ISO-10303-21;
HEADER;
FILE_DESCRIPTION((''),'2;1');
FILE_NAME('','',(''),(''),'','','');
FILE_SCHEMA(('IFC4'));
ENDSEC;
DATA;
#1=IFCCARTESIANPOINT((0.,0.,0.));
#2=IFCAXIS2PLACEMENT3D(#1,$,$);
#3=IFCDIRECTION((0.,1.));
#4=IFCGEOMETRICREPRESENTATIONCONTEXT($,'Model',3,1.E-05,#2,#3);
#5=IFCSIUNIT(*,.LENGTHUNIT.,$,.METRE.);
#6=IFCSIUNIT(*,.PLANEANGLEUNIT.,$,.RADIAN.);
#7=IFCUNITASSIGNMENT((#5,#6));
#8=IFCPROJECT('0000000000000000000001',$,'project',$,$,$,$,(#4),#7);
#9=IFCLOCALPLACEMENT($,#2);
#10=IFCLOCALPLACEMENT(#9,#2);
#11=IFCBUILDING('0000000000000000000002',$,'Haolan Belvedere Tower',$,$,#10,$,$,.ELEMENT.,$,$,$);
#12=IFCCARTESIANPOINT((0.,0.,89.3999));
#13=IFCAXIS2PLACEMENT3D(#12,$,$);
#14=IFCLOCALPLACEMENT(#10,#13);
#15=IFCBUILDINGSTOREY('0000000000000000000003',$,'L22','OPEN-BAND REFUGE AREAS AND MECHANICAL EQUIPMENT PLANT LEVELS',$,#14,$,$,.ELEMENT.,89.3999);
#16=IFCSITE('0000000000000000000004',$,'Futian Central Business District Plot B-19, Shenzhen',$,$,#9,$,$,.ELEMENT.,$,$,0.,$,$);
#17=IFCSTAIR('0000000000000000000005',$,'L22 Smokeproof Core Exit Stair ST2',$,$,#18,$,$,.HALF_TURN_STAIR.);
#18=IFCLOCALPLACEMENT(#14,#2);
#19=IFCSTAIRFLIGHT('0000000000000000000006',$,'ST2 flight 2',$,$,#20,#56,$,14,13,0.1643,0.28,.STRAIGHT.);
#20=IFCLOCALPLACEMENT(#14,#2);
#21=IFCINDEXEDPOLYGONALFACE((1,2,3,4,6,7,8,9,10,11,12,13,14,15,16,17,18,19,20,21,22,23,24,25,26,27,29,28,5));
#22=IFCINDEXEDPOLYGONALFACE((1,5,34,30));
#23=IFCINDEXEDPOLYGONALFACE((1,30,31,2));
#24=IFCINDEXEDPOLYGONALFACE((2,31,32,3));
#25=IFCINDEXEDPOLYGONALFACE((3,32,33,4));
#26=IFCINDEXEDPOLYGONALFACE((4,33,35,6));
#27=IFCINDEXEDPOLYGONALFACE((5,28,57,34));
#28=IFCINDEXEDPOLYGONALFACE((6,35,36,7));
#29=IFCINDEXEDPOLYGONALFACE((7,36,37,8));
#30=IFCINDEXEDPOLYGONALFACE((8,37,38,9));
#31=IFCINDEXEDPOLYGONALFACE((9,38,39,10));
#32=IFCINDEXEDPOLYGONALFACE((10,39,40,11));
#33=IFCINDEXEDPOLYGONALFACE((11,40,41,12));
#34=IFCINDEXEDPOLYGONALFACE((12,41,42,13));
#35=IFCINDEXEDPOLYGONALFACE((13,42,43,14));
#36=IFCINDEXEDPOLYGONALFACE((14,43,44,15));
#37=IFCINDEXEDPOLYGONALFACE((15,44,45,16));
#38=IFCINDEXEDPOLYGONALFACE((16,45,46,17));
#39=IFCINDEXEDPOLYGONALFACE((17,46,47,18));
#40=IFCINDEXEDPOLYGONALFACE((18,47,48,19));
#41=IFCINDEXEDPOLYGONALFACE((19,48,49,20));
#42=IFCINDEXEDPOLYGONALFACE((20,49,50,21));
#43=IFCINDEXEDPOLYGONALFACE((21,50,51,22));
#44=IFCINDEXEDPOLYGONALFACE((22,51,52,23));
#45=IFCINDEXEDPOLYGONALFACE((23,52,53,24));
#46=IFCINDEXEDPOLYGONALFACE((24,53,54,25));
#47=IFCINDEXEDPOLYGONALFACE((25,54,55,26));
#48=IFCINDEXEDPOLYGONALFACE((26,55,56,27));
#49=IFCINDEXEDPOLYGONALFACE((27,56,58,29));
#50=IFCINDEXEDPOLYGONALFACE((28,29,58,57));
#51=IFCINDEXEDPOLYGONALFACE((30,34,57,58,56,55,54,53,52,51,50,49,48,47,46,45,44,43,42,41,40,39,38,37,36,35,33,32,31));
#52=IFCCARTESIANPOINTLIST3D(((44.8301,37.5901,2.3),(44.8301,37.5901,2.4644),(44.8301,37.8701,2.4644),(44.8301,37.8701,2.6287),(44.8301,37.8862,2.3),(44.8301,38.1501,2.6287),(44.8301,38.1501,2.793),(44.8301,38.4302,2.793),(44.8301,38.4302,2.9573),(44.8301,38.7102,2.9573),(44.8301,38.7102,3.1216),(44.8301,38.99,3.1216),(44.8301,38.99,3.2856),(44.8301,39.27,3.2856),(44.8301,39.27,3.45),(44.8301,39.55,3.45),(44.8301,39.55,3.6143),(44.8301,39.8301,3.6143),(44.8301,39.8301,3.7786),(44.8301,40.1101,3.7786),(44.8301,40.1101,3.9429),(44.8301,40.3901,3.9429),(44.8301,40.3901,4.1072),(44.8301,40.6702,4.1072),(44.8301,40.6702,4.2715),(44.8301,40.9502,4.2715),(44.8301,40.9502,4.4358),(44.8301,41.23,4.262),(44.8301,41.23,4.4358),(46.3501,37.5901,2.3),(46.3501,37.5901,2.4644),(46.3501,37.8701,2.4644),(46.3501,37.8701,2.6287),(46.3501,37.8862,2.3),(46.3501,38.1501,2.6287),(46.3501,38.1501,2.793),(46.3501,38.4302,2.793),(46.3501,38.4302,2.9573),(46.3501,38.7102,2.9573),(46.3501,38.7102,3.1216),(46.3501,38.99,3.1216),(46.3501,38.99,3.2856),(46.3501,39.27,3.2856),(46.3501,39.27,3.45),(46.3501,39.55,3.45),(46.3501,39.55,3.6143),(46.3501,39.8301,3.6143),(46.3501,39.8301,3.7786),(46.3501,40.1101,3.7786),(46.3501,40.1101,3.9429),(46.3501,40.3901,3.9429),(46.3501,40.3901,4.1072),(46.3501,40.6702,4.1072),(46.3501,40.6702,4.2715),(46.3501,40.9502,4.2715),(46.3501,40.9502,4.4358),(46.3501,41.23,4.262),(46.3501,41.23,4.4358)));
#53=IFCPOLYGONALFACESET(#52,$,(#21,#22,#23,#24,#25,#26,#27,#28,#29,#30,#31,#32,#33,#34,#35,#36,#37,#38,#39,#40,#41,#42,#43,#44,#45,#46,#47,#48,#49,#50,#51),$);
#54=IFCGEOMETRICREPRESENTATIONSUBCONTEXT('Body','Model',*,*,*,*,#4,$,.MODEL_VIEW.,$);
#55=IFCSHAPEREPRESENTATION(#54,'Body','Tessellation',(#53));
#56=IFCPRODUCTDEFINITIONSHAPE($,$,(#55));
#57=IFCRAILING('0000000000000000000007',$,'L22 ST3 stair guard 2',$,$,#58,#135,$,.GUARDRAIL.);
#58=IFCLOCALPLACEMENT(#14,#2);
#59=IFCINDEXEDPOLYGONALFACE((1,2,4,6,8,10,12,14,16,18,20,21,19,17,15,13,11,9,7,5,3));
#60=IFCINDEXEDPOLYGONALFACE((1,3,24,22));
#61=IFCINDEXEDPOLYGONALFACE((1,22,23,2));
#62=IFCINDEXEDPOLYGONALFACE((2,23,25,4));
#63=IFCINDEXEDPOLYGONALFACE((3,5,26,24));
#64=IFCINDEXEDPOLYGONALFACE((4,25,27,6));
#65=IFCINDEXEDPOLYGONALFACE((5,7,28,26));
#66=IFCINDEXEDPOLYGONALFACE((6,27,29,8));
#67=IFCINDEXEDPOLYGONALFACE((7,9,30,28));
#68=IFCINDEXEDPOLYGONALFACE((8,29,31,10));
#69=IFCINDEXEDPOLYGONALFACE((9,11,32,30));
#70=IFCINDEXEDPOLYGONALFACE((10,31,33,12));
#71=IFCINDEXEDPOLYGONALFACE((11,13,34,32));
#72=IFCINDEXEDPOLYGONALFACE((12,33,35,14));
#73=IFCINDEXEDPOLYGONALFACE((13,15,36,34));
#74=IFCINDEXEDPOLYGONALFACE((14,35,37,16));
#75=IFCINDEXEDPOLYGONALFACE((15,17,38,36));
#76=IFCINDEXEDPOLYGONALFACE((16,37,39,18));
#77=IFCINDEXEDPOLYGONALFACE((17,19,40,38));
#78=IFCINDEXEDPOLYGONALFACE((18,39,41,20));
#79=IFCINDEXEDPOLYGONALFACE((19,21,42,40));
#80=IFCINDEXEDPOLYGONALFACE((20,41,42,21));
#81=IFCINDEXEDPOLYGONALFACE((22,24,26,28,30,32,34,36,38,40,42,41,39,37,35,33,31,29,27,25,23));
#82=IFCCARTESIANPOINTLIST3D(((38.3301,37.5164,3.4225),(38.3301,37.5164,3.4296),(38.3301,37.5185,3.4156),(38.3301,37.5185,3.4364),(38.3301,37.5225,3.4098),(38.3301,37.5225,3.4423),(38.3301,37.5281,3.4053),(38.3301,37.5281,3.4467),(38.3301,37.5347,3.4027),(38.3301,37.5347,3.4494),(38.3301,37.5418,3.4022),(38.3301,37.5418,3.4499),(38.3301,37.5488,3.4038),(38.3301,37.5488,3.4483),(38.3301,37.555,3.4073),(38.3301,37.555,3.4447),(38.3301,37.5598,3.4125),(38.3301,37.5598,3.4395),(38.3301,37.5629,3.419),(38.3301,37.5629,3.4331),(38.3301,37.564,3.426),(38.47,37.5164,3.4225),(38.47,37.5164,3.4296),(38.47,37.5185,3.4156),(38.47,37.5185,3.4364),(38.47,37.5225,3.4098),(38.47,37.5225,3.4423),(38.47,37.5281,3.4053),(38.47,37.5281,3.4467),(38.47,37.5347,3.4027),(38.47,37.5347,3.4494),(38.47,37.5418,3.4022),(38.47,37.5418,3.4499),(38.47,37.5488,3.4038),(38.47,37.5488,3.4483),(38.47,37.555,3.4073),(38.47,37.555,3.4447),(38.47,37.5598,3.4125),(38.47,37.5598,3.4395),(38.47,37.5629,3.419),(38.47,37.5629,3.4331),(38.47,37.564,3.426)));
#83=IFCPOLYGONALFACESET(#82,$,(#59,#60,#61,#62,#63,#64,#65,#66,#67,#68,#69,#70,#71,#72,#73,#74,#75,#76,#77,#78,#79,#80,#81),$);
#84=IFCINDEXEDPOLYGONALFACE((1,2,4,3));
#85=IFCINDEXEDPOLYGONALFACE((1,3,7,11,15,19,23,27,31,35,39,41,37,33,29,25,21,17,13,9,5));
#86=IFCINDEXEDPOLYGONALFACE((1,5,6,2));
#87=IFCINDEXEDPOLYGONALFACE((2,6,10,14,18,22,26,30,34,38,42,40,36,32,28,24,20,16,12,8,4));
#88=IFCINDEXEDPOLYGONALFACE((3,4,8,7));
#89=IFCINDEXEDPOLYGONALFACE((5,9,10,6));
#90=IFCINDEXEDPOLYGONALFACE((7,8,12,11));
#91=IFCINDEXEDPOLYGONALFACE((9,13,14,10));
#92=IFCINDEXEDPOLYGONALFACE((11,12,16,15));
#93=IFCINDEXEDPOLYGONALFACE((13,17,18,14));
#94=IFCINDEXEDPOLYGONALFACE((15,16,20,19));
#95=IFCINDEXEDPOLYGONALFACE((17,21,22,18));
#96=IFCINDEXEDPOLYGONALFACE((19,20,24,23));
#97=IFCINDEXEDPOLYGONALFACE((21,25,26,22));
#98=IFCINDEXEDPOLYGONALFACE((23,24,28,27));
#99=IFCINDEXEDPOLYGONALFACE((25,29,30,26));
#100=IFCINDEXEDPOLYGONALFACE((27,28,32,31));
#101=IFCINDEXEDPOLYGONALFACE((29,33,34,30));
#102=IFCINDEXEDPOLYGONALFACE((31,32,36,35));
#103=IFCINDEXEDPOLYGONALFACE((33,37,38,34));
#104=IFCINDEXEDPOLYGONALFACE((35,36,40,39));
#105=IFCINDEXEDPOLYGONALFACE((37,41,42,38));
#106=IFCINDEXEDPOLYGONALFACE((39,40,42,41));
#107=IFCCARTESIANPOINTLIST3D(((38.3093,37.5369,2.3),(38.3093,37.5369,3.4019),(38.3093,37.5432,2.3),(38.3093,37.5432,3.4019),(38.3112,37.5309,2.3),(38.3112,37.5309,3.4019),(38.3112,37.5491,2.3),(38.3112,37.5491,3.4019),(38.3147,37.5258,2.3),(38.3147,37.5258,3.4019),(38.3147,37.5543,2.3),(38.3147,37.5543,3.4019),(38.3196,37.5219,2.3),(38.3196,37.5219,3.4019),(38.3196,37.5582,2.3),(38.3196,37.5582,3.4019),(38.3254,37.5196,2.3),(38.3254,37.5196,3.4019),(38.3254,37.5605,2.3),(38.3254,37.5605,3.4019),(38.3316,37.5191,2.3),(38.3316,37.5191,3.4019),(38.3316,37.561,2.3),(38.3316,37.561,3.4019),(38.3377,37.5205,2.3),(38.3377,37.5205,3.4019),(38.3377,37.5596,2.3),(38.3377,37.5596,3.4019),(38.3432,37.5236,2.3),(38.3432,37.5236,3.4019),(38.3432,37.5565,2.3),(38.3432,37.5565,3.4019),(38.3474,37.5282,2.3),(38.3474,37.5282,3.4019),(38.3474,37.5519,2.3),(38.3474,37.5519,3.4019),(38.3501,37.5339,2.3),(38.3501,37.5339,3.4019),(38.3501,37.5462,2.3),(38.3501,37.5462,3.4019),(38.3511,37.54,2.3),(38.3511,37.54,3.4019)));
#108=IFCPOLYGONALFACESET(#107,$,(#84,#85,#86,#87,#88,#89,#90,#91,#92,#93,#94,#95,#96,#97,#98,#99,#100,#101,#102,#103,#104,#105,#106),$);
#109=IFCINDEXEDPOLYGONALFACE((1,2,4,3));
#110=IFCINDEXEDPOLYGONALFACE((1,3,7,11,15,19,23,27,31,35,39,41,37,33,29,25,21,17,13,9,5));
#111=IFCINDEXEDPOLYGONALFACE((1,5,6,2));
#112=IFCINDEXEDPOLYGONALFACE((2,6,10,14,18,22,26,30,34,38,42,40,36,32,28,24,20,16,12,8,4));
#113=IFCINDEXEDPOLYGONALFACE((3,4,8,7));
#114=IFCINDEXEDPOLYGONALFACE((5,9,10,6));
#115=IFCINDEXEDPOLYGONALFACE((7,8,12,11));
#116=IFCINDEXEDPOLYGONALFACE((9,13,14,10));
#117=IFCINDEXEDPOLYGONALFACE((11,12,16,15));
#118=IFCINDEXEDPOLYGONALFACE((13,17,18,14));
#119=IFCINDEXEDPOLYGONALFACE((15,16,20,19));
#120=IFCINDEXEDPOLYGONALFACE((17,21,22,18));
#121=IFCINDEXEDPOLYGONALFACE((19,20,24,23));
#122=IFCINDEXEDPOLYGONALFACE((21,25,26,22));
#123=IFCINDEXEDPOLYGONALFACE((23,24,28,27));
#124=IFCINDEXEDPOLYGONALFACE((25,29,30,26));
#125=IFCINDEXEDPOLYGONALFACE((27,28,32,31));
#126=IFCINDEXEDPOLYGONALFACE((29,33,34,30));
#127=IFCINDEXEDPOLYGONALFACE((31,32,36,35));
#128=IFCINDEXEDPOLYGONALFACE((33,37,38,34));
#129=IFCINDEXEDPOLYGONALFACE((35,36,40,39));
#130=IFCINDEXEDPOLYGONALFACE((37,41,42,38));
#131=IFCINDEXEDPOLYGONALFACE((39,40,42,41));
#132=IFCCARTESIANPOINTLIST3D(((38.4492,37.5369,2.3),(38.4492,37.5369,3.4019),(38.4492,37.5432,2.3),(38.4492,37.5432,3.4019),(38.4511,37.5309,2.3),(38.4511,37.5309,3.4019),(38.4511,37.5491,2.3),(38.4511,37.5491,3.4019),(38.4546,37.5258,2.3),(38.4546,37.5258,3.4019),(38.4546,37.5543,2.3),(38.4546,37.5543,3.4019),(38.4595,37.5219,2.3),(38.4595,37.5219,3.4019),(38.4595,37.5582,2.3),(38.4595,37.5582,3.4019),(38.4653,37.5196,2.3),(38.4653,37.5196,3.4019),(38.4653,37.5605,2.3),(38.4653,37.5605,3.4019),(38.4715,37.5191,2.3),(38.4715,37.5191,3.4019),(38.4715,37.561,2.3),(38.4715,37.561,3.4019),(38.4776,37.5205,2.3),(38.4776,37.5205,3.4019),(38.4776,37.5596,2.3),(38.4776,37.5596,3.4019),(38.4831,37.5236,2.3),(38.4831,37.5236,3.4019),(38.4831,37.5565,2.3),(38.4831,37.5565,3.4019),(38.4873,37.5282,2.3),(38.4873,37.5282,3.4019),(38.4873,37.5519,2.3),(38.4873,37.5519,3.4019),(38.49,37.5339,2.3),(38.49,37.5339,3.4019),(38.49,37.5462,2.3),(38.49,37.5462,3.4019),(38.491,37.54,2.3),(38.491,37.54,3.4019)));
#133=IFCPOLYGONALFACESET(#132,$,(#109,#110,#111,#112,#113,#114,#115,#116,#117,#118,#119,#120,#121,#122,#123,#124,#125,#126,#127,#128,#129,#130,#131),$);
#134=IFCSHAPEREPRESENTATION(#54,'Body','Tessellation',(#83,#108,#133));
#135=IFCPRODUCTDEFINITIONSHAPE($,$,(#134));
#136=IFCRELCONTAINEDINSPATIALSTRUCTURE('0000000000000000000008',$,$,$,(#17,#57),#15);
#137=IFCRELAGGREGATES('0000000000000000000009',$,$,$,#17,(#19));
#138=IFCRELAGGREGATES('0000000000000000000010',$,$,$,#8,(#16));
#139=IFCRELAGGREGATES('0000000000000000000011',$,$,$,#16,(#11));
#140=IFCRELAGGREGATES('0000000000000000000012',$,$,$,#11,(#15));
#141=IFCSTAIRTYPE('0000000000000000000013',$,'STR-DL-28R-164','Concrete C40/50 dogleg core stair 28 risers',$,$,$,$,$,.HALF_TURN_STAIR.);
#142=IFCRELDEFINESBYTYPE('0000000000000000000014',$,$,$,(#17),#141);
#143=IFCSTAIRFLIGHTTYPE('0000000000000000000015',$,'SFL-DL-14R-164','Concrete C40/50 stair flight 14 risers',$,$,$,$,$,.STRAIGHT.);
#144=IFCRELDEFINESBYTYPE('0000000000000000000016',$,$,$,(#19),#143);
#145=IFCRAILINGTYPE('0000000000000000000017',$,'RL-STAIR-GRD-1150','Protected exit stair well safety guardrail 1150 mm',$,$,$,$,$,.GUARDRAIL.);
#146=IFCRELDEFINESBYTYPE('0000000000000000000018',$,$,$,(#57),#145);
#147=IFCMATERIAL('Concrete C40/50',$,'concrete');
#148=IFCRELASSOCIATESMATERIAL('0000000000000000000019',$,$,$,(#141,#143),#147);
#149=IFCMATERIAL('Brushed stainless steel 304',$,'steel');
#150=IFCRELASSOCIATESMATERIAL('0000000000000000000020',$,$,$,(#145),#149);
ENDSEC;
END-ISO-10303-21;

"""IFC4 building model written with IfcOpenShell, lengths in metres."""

from ifc_helpers import new_model, si_unit, direction, frame, origin, origin_2d, place, context, subcontext, project, spatial, polyline, circle, outline, extrude, material, type_object, element, aggregate, save


model = new_model("IFC4")

# Units and contexts
model_context = context("Model", 3, precision=1e-05, world=origin(), true_north=direction((0.0, 1.0)))
body_context = subcontext(model_context, "Body", "Model", "MODEL_VIEW")
ifc_project = project(units=[si_unit("LENGTHUNIT", "METRE"), si_unit("PLANEANGLEUNIT", "RADIAN")], contexts=[model_context])

# Site, building, storey
site_placement = place(None, origin())
site = spatial("IfcSite", under=ifc_project, at=site_placement, Name="Futian Central Business District Plot B-19, Shenzhen", CompositionType="ELEMENT", RefElevation=0.0)
building_placement = place(site_placement, origin())
building = spatial("IfcBuilding", under=site, at=building_placement, Name="Haolan Belvedere Tower", CompositionType="ELEMENT")
storey_placement = place(building_placement, frame((0.0, 0.0, 89.3999)))
storey = spatial("IfcBuildingStorey", under=building, at=storey_placement, Name="L22", Description="OPEN-BAND REFUGE AREAS AND MECHANICAL EQUIPMENT PLANT LEVELS", CompositionType="ELEMENT", Elevation=89.3999)

# Shared definitions
ifc_material_1 = material(Name="Concrete C40/50", Category="concrete")

# Stair, stair flight
stair_type = type_object("IfcStairType", Name="STR-DL-28R-164", Description="Concrete C40/50 dogleg core stair 28 risers", PredefinedType="HALF_TURN_STAIR", material=ifc_material_1)
stair_flight_type = type_object("IfcStairFlightType", Name="SFL-DL-14R-164", Description="Concrete C40/50 stair flight 14 risers", PredefinedType="STRAIGHT", material=ifc_material_1)
stair_1_placement = place(storey_placement, origin())
stair_1 = element("IfcStair", 1, at=stair_1_placement, inside=storey, type_object=stair_type, Name="L22 Smokeproof Core Exit Stair ST2", PredefinedType="HALF_TURN_STAIR")
stair_flight_1_placement = place(storey_placement, frame((45.5901, 37.5901, 2.3), z_axis=(0.0, 0.0, 1.0), x_axis=(0.0, 1.0, 0.0)))
stair_flight_1 = element("IfcStairFlight", 2, at=stair_flight_1_placement, type_object=stair_flight_type, Name="ST2 flight 2", NumberOfRisers=14, NumberOfTreads=13, PredefinedType="STRAIGHT", RiserHeight=0.1643, TreadLength=0.28, context=body_context, shape_type="SweptSolid", body=[
    extrude(outline(polyline([(0.0, 0.0), (0.0, 0.1643), (0.28, 0.1643), (0.28, 0.3286), (0.5601, 0.3286), (0.5601, 0.4929), (0.8401, 0.4929), (0.8401, 0.6572), (1.1201, 0.6572), (1.1201, 0.8215), (1.3999, 0.8215), (1.3999, 0.9856), (1.6799, 0.9856), (1.6799, 1.1499), (1.96, 1.1499), (1.96, 1.3142), (2.24, 1.3142), (2.24, 1.4785), (2.52, 1.4785), (2.52, 1.6428), (2.8, 1.6428), (2.8, 1.8071), (3.0801, 1.8071), (3.0801, 1.9714), (3.3601, 1.9714), (3.3601, 2.1357), (3.6399, 2.1357), (3.6399, 2.3), (3.6399, 1.9619), (0.2961, 0.0), (0.0, 0.0)])), frame((0.0, 0.76, 0.0), z_axis=(0.0, -1.0, 0.0), x_axis=(1.0, 0.0, 0.0)), (0.0, 0.0, 1.0), 1.52),
])
aggregate(stair_1, [stair_flight_1])

# Railing
ifc_material_2 = material(Name="Brushed stainless steel 304", Category="steel")
railing_type_1 = type_object("IfcRailingType", Name="RL-STAIR-GRD-1150", Description="Protected exit stair well safety guardrail 1150 mm", PredefinedType="GUARDRAIL", material=ifc_material_2)
railing_1_placement = place(storey_placement, frame((38.3301, 37.54, 2.3)))
element("IfcRailing", 3, at=railing_1_placement, inside=storey, type_object=railing_type_1, Name="L22 ST3 stair guard 2", PredefinedType="GUARDRAIL", context=body_context, shape_type="SweptSolid", body=[
    extrude(circle(Radius=0.0239, at=origin_2d()), frame((0.0, 0.0, 1.126), z_axis=(1.0, 0.0, 0.0), x_axis=(0.0, 1.0, 0.0)), (0.0, 0.0, 1.0), 0.1399),
    extrude(circle(Radius=0.021, at=origin_2d()), origin(), (0.0, 0.0, 1.0), 1.1018),
    extrude(circle(Radius=0.021, at=origin_2d()), frame((0.1399, 0.0, 0.0)), (0.0, 0.0, 1.0), 1.1018),
])

save(model, "model.ifc")
